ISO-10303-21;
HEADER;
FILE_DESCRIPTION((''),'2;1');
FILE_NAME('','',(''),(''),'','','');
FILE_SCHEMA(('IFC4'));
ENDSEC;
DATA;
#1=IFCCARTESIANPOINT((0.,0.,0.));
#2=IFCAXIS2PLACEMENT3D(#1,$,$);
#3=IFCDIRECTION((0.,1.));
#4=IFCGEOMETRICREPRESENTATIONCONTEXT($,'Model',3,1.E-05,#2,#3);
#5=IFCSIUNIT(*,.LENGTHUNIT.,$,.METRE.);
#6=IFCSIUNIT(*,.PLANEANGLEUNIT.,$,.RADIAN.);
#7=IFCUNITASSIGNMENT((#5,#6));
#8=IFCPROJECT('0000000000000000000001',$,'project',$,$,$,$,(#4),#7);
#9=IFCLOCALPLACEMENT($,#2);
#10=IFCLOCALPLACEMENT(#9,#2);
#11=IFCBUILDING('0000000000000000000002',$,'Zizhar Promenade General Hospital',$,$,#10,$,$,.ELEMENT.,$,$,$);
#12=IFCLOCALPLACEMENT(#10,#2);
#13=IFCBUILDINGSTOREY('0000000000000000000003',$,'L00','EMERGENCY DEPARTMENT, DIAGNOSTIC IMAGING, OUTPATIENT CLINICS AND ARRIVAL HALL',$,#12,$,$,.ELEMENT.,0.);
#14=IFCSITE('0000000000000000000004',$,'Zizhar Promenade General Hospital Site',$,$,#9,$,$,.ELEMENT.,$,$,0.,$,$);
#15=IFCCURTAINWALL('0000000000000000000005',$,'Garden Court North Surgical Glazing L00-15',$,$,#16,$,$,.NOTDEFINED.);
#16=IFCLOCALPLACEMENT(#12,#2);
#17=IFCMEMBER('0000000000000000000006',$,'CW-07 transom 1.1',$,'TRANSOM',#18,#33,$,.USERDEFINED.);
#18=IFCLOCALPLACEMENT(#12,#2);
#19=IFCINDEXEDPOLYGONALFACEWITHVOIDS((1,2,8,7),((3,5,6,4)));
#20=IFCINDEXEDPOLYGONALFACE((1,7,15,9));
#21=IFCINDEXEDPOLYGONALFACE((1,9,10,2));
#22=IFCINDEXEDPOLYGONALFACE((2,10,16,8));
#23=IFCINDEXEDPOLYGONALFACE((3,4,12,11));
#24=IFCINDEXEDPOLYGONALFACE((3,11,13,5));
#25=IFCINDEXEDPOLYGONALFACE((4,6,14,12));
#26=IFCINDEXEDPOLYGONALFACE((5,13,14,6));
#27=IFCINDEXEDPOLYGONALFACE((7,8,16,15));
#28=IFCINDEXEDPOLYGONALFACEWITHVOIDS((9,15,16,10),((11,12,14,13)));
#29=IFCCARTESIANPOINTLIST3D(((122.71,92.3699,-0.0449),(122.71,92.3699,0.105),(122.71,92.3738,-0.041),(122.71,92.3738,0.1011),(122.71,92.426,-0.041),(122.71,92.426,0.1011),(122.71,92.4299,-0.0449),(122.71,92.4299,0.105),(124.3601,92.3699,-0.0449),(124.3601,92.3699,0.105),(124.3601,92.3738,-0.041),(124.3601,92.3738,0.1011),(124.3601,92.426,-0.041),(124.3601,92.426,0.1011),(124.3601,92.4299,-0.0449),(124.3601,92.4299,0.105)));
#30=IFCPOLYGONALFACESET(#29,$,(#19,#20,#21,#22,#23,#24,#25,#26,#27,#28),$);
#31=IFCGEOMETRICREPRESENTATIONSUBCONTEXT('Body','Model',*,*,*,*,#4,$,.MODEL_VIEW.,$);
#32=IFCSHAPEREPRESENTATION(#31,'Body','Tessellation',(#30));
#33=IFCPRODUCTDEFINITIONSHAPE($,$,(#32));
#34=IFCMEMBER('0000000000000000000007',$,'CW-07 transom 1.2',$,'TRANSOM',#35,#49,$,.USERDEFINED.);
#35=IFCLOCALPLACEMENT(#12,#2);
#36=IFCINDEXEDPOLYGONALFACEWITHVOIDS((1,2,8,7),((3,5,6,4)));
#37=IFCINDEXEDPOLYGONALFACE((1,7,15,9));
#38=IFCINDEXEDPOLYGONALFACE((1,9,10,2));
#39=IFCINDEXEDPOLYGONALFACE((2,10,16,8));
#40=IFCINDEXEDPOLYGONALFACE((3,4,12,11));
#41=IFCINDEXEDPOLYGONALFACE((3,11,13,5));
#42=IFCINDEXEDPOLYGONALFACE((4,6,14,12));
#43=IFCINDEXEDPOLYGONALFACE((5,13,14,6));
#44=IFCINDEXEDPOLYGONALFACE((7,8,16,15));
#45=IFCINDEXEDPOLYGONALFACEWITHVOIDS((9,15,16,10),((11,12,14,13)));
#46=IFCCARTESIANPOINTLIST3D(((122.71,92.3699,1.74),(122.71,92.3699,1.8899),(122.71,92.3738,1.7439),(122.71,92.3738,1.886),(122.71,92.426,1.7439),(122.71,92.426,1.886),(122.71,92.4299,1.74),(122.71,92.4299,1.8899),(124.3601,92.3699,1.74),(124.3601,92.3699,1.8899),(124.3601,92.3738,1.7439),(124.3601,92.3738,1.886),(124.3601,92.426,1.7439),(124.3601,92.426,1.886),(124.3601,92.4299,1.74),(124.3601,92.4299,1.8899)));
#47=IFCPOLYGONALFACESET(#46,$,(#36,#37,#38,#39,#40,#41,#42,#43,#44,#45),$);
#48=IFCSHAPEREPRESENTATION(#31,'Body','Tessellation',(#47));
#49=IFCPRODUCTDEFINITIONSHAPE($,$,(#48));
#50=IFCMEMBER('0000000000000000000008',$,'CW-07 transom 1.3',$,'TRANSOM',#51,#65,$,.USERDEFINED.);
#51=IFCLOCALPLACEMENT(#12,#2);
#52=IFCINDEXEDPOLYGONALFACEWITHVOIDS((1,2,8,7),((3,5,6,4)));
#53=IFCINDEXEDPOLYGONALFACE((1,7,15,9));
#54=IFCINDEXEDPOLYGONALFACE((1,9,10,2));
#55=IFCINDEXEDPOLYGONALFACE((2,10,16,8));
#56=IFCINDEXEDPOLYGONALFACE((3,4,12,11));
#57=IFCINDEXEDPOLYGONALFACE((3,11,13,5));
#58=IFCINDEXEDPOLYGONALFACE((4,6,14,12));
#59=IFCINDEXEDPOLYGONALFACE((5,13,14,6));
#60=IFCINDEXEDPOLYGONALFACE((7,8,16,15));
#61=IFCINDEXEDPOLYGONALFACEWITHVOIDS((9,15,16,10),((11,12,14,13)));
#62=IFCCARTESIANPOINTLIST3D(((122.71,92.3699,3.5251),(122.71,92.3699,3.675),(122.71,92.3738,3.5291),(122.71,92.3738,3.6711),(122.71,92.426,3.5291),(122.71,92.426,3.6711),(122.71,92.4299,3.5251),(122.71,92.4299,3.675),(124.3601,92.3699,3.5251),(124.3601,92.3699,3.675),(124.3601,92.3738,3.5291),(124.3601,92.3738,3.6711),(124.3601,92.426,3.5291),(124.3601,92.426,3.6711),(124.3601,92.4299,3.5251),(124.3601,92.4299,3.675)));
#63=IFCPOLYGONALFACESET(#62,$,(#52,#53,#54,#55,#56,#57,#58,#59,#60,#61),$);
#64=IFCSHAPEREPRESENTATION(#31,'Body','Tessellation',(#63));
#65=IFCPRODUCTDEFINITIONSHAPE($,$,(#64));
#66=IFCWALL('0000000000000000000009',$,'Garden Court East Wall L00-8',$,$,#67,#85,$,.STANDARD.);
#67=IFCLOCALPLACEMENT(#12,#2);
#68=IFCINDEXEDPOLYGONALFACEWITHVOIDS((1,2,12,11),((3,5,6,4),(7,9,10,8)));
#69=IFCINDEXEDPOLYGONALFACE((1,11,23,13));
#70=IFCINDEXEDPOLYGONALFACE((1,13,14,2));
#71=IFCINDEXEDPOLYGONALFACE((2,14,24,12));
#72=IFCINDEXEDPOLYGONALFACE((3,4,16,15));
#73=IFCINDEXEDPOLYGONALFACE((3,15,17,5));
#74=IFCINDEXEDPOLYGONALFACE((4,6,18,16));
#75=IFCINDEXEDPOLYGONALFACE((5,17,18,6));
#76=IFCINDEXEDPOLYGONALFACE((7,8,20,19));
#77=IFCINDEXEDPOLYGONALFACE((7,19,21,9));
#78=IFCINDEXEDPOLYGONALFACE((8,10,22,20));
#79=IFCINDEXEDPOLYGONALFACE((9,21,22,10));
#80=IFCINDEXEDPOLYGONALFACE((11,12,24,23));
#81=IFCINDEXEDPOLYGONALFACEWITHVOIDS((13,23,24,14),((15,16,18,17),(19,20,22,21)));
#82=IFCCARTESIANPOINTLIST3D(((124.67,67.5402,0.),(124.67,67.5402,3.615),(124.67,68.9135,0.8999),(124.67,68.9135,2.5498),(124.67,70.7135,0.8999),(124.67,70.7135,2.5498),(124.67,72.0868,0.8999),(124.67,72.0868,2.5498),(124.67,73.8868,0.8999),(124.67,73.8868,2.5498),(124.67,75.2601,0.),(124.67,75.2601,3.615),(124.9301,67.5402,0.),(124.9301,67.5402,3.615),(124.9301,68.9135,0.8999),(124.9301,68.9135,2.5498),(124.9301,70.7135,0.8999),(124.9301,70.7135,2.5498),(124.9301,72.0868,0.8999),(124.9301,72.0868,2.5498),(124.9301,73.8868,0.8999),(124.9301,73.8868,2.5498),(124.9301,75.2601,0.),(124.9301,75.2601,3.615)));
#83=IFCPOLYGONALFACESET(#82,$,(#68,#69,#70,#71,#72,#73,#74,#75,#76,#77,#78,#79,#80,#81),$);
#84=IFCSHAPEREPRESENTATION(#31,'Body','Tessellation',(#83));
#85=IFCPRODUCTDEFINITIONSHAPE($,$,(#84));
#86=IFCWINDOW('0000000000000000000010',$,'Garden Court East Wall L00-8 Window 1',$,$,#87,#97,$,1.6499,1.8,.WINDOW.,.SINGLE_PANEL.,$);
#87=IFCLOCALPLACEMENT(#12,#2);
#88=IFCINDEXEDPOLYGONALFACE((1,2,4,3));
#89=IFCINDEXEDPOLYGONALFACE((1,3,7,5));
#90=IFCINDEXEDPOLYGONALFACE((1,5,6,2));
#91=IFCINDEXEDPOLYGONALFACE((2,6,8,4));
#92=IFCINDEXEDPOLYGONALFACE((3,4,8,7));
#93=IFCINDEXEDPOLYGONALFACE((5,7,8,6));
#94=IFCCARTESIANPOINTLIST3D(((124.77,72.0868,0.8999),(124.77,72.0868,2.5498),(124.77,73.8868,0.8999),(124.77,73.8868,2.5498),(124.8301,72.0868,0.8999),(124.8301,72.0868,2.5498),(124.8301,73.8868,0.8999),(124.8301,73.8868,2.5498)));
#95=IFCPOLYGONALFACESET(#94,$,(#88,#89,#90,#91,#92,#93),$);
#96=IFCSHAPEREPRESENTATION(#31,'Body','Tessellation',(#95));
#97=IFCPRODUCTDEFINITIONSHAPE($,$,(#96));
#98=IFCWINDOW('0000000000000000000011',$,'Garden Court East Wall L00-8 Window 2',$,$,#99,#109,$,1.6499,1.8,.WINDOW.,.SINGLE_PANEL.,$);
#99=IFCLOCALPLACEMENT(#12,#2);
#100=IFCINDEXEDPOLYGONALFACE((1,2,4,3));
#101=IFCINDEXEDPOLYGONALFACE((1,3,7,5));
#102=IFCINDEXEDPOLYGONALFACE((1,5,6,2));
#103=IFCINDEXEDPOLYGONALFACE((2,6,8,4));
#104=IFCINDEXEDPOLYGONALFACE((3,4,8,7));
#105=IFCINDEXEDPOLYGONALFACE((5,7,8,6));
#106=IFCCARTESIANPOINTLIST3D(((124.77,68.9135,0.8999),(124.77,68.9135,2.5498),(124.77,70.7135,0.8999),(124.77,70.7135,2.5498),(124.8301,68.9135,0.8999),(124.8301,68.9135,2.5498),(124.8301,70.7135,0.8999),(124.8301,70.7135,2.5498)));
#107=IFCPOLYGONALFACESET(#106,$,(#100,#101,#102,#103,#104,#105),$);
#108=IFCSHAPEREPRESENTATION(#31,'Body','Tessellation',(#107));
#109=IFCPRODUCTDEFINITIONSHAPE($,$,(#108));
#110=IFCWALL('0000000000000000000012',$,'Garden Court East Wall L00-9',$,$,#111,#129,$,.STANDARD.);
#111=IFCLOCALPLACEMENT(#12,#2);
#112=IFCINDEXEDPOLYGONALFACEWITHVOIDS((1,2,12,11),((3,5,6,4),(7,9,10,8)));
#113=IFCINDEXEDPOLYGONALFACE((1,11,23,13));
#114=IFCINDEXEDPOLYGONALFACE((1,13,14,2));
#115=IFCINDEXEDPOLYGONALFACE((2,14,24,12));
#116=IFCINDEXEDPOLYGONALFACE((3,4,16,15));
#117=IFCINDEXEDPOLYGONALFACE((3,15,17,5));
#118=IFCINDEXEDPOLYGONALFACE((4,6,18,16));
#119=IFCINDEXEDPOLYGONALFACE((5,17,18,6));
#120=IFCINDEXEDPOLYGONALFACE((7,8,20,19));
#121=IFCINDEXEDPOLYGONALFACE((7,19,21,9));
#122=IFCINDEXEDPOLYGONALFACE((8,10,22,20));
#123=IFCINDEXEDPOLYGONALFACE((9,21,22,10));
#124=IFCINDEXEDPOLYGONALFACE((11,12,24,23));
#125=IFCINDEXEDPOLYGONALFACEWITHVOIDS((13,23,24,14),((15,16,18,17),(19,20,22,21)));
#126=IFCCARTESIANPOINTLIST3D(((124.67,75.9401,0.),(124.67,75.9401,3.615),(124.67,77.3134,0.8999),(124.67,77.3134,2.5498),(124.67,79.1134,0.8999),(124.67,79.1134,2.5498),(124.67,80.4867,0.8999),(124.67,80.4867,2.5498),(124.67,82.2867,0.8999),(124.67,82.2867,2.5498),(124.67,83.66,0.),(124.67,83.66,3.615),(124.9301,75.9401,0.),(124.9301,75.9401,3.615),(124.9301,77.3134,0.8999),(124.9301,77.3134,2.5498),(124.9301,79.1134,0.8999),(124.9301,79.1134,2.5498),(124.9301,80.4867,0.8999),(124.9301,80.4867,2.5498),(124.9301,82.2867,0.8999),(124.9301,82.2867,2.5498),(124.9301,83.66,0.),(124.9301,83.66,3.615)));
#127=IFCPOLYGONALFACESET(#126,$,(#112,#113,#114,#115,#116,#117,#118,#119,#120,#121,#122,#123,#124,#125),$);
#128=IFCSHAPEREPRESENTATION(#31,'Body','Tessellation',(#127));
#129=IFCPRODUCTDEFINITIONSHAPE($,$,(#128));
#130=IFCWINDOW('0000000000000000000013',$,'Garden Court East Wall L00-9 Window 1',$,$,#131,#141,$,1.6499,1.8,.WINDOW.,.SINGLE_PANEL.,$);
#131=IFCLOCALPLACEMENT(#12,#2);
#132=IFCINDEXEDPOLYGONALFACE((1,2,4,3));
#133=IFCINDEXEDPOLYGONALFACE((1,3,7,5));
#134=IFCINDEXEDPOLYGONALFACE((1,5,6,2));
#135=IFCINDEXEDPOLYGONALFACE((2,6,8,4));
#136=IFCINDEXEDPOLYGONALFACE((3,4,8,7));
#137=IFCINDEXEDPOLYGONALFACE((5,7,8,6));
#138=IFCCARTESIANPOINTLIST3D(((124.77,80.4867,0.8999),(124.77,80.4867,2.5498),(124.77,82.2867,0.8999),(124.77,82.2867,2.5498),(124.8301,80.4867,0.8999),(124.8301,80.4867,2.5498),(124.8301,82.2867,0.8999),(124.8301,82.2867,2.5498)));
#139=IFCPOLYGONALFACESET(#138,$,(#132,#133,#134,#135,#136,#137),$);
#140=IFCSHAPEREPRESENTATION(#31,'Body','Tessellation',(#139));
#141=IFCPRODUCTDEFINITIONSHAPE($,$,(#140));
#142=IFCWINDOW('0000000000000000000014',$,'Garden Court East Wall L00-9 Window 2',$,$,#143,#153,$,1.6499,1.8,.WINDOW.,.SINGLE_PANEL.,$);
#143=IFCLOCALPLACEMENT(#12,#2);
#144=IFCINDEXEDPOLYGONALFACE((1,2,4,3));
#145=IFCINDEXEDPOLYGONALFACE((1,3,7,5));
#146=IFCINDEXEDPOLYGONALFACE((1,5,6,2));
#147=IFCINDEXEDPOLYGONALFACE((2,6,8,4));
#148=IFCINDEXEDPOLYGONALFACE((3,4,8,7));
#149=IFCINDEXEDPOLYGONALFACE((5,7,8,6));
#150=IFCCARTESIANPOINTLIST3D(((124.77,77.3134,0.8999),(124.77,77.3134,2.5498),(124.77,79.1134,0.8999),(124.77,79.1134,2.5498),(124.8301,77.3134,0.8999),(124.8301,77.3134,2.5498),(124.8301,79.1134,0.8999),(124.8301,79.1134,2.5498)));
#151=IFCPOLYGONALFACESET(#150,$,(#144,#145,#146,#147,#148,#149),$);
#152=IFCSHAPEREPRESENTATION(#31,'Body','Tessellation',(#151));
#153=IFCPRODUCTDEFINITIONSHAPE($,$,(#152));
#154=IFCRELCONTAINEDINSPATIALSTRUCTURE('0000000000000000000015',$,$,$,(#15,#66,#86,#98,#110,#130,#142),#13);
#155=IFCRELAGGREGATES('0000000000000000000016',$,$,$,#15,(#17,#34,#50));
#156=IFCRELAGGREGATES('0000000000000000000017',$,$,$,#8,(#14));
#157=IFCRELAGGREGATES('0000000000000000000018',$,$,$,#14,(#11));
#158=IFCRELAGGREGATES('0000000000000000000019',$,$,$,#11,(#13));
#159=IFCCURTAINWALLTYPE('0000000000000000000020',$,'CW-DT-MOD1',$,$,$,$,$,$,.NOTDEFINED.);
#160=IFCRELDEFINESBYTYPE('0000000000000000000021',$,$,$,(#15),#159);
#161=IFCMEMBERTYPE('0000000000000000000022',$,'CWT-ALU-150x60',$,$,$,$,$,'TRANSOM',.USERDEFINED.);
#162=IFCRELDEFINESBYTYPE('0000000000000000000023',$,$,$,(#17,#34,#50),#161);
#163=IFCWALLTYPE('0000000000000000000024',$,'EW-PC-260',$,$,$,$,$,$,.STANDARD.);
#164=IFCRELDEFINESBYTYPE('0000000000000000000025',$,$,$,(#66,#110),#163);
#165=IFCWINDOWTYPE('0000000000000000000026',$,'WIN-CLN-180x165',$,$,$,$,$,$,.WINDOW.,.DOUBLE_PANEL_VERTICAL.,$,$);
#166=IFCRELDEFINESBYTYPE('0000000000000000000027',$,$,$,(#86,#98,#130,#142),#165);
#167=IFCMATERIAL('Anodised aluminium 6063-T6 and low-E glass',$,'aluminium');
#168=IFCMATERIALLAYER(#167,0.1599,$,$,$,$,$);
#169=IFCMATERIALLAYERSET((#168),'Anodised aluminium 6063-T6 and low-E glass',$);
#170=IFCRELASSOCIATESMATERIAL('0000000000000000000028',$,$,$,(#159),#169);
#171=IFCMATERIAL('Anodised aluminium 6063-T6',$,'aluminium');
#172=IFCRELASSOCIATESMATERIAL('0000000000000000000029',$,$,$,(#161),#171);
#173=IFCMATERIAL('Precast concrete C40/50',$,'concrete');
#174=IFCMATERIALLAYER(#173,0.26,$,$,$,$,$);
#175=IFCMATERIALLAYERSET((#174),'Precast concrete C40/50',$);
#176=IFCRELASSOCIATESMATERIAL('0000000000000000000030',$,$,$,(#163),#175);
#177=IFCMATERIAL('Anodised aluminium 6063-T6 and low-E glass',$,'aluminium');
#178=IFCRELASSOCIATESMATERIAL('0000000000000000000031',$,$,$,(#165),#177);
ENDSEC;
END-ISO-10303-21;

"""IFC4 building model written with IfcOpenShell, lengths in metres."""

from ifc_helpers import new_model, si_unit, direction, frame, frame_2d, origin, origin_2d, place, context, subcontext, project, spatial, rectangle, hollow_rectangle, extrude, material, layer, layer_set, material_profile, profile_set, type_object, element, fill, aggregate, save


model = new_model("IFC4")

# Units and contexts
model_context = context("Model", 3, precision=1e-05, world=origin(), true_north=direction((0.0, 1.0)))
body_context = subcontext(model_context, "Body", "Model", "MODEL_VIEW")
ifc_project = project(units=[si_unit("LENGTHUNIT", "METRE"), si_unit("PLANEANGLEUNIT", "RADIAN")], contexts=[model_context])

# Site, building, storey
site_placement = place(None, origin())
site = spatial("IfcSite", under=ifc_project, at=site_placement, Name="Zizhar Promenade General Hospital Site", CompositionType="ELEMENT", RefElevation=0.0)
building_placement = place(site_placement, origin())
building = spatial("IfcBuilding", under=site, at=building_placement, Name="Zizhar Promenade General Hospital", CompositionType="ELEMENT")
storey_placement = place(building_placement, origin())
storey = spatial("IfcBuildingStorey", under=building, at=storey_placement, Name="L00", Description="EMERGENCY DEPARTMENT, DIAGNOSTIC IMAGING, OUTPATIENT CLINICS AND ARRIVAL HALL", CompositionType="ELEMENT", Elevation=0.0)

# Curtain wall, members
ifc_material_1 = material(Name="Anodised aluminium 6063-T6 and low-E glass", Category="aluminium")
ifc_layer_1 = layer(ifc_material_1, 0.1599)
ifc_layer_set_1 = layer_set([ifc_layer_1], Name="Anodised aluminium 6063-T6 and low-E glass")
curtain_wall_type = type_object("IfcCurtainWallType", Name="CW-DT-MOD1", PredefinedType="NOTDEFINED", material=ifc_layer_set_1)
curtain_wall_placement = place(storey_placement, origin())
curtain_wall = element("IfcCurtainWall", 1, at=curtain_wall_placement, inside=storey, type_object=curtain_wall_type, Name="Garden Court North Surgical Glazing L00-15", PredefinedType="NOTDEFINED")
ifc_material_2 = material(Name="Anodised aluminium 6063-T6", Category="aluminium")
ifc_material_profile_1 = material_profile(ifc_material_2, hollow_rectangle(XDim=0.0601, YDim=0.1499, WallThickness=0.0039, at=origin_2d()))
ifc_profile_set_1 = profile_set([ifc_material_profile_1], Name="Anodised aluminium 6063-T6")
member_type_1 = type_object("IfcMemberType", Name="CWT-ALU-150x60", ElementType="TRANSOM", PredefinedType="USERDEFINED", material=ifc_profile_set_1)
member_1_placement = place(storey_placement, frame((124.3601, 92.3999, 0.03), z_axis=(-1.0, 0.0, 0.0), x_axis=(0.0, -1.0, 0.0)))
member_1 = element("IfcMember", 2, at=member_1_placement, type_object=member_type_1, Name="CW-07 transom 1.1", ObjectType="TRANSOM", PredefinedType="USERDEFINED", context=body_context, shape_type="SweptSolid", body=[
    extrude(hollow_rectangle(XDim=0.0601, YDim=0.1499, WallThickness=0.0039, at=origin_2d()), origin(), (0.0, 0.0, 1.0), 1.6501),
])
member_2_placement = place(storey_placement, frame((124.3601, 92.3999, 1.8149), z_axis=(-1.0, 0.0, 0.0), x_axis=(0.0, -1.0, 0.0)))
member_2 = element("IfcMember", 3, at=member_2_placement, type_object=member_type_1, Name="CW-07 transom 1.2", ObjectType="TRANSOM", PredefinedType="USERDEFINED", context=body_context, shape_type="SweptSolid", body=[
    extrude(hollow_rectangle(XDim=0.0601, YDim=0.1499, WallThickness=0.0039, at=origin_2d()), origin(), (0.0, 0.0, 1.0), 1.6501),
])
member_3_placement = place(storey_placement, frame((124.3601, 92.3999, 3.6001), z_axis=(-1.0, 0.0, 0.0), x_axis=(0.0, -1.0, 0.0)))
member_3 = element("IfcMember", 4, at=member_3_placement, type_object=member_type_1, Name="CW-07 transom 1.3", ObjectType="TRANSOM", PredefinedType="USERDEFINED", context=body_context, shape_type="SweptSolid", body=[
    extrude(hollow_rectangle(XDim=0.0601, YDim=0.1499, WallThickness=0.0039, at=origin_2d()), origin(), (0.0, 0.0, 1.0), 1.6501),
])
aggregate(curtain_wall, [member_1, member_2, member_3])

# Walls, openings, windows
ifc_material_3 = material(Name="Precast concrete C40/50", Category="concrete")
ifc_layer_2 = layer(ifc_material_3, 0.26)
ifc_layer_set_2 = layer_set([ifc_layer_2], Name="Precast concrete C40/50")
wall_type_1 = type_object("IfcWallType", Name="EW-PC-260", PredefinedType="STANDARD", material=ifc_layer_set_2)
wall_1_placement = place(storey_placement, frame((124.8, 75.26, 0.0), z_axis=(0.0, 0.0, 1.0), x_axis=(0.0, -1.0, 0.0)))
wall_1 = element("IfcWall", 5, at=wall_1_placement, inside=storey, type_object=wall_type_1, Name="Garden Court East Wall L00-8", PredefinedType="STANDARD", context=body_context, shape_type="SweptSolid", body=[
    extrude(rectangle(XDim=7.72, YDim=0.26, at=frame_2d((3.8599, 0.0))), origin(), (0.0, 0.0, 1.0), 3.615),
])
opening_1_placement = place(wall_1_placement, frame((1.3733, 0.0, 0.8999)))
opening_1 = element("IfcOpeningElement", 6, at=opening_1_placement, cuts=wall_1, PredefinedType="OPENING", context=body_context, shape_type="SweptSolid", body=[
    extrude(rectangle(XDim=1.8, YDim=1.6499, at=frame_2d((0.8999, 0.825))), frame((0.0, 0.1401, 0.0), z_axis=(0.0, -1.0, 0.0), x_axis=(1.0, 0.0, 0.0)), (0.0, 0.0, 1.0), 0.28),
])
opening_2_placement = place(wall_1_placement, frame((4.5466, 0.0, 0.8999)))
opening_2 = element("IfcOpeningElement", 7, at=opening_2_placement, cuts=wall_1, PredefinedType="OPENING", context=body_context, shape_type="SweptSolid", body=[
    extrude(rectangle(XDim=1.8, YDim=1.6499, at=frame_2d((0.8999, 0.825))), frame((0.0, 0.1401, 0.0), z_axis=(0.0, -1.0, 0.0), x_axis=(1.0, 0.0, 0.0)), (0.0, 0.0, 1.0), 0.28),
])
ifc_material_4 = material(Name="Anodised aluminium 6063-T6 and low-E glass", Category="aluminium")
window_type = type_object("IfcWindowType", Name="WIN-CLN-180x165", PartitioningType="DOUBLE_PANEL_VERTICAL", PredefinedType="WINDOW", material=ifc_material_4)
window_1_placement = place(opening_1_placement, origin())
window_1 = element("IfcWindow", 8, at=window_1_placement, inside=storey, type_object=window_type, Name="Garden Court East Wall L00-8 Window 1", OverallHeight=1.6499, OverallWidth=1.8, PartitioningType="SINGLE_PANEL", PredefinedType="WINDOW", context=body_context, shape_type="SweptSolid", body=[
    extrude(rectangle(XDim=1.8, YDim=1.6499, at=frame_2d((0.8999, 0.825))), frame((0.0, 0.03, 0.0), z_axis=(0.0, -1.0, 0.0), x_axis=(1.0, 0.0, 0.0)), (0.0, 0.0, 1.0), 0.0601),
])
fill(opening_1, window_1)
window_2_placement = place(opening_2_placement, origin())
window_2 = element("IfcWindow", 9, at=window_2_placement, inside=storey, type_object=window_type, Name="Garden Court East Wall L00-8 Window 2", OverallHeight=1.6499, OverallWidth=1.8, PartitioningType="SINGLE_PANEL", PredefinedType="WINDOW", context=body_context, shape_type="SweptSolid", body=[
    extrude(rectangle(XDim=1.8, YDim=1.6499, at=frame_2d((0.8999, 0.825))), frame((0.0, 0.03, 0.0), z_axis=(0.0, -1.0, 0.0), x_axis=(1.0, 0.0, 0.0)), (0.0, 0.0, 1.0), 0.0601),
])
fill(opening_2, window_2)
wall_2_placement = place(storey_placement, frame((124.8, 83.6599, 0.0), z_axis=(0.0, 0.0, 1.0), x_axis=(0.0, -1.0, 0.0)))
wall_2 = element("IfcWall", 10, at=wall_2_placement, inside=storey, type_object=wall_type_1, Name="Garden Court East Wall L00-9", PredefinedType="STANDARD", context=body_context, shape_type="SweptSolid", body=[
    extrude(rectangle(XDim=7.72, YDim=0.26, at=frame_2d((3.8599, 0.0))), origin(), (0.0, 0.0, 1.0), 3.615),
])
opening_3_placement = place(wall_2_placement, frame((1.3733, 0.0, 0.8999)))
opening_3 = element("IfcOpeningElement", 11, at=opening_3_placement, cuts=wall_2, PredefinedType="OPENING", context=body_context, shape_type="SweptSolid", body=[
    extrude(rectangle(XDim=1.8, YDim=1.6499, at=frame_2d((0.8999, 0.825))), frame((0.0, 0.1401, 0.0), z_axis=(0.0, -1.0, 0.0), x_axis=(1.0, 0.0, 0.0)), (0.0, 0.0, 1.0), 0.28),
])
opening_4_placement = place(wall_2_placement, frame((4.5466, 0.0, 0.8999)))
opening_4 = element("IfcOpeningElement", 12, at=opening_4_placement, cuts=wall_2, PredefinedType="OPENING", context=body_context, shape_type="SweptSolid", body=[
    extrude(rectangle(XDim=1.8, YDim=1.6499, at=frame_2d((0.8999, 0.825))), frame((0.0, 0.1401, 0.0), z_axis=(0.0, -1.0, 0.0), x_axis=(1.0, 0.0, 0.0)), (0.0, 0.0, 1.0), 0.28),
])
window_3_placement = place(opening_3_placement, origin())
window_3 = element("IfcWindow", 13, at=window_3_placement, inside=storey, type_object=window_type, Name="Garden Court East Wall L00-9 Window 1", OverallHeight=1.6499, OverallWidth=1.8, PartitioningType="SINGLE_PANEL", PredefinedType="WINDOW", context=body_context, shape_type="SweptSolid", body=[
    extrude(rectangle(XDim=1.8, YDim=1.6499, at=frame_2d((0.8999, 0.825))), frame((0.0, 0.03, 0.0), z_axis=(0.0, -1.0, 0.0), x_axis=(1.0, 0.0, 0.0)), (0.0, 0.0, 1.0), 0.0601),
])
fill(opening_3, window_3)
window_4_placement = place(opening_4_placement, origin())
window_4 = element("IfcWindow", 14, at=window_4_placement, inside=storey, type_object=window_type, Name="Garden Court East Wall L00-9 Window 2", OverallHeight=1.6499, OverallWidth=1.8, PartitioningType="SINGLE_PANEL", PredefinedType="WINDOW", context=body_context, shape_type="SweptSolid", body=[
    extrude(rectangle(XDim=1.8, YDim=1.6499, at=frame_2d((0.8999, 0.825))), frame((0.0, 0.03, 0.0), z_axis=(0.0, -1.0, 0.0), x_axis=(1.0, 0.0, 0.0)), (0.0, 0.0, 1.0), 0.0601),
])
fill(opening_4, window_4)

save(model, "model.ifc")
